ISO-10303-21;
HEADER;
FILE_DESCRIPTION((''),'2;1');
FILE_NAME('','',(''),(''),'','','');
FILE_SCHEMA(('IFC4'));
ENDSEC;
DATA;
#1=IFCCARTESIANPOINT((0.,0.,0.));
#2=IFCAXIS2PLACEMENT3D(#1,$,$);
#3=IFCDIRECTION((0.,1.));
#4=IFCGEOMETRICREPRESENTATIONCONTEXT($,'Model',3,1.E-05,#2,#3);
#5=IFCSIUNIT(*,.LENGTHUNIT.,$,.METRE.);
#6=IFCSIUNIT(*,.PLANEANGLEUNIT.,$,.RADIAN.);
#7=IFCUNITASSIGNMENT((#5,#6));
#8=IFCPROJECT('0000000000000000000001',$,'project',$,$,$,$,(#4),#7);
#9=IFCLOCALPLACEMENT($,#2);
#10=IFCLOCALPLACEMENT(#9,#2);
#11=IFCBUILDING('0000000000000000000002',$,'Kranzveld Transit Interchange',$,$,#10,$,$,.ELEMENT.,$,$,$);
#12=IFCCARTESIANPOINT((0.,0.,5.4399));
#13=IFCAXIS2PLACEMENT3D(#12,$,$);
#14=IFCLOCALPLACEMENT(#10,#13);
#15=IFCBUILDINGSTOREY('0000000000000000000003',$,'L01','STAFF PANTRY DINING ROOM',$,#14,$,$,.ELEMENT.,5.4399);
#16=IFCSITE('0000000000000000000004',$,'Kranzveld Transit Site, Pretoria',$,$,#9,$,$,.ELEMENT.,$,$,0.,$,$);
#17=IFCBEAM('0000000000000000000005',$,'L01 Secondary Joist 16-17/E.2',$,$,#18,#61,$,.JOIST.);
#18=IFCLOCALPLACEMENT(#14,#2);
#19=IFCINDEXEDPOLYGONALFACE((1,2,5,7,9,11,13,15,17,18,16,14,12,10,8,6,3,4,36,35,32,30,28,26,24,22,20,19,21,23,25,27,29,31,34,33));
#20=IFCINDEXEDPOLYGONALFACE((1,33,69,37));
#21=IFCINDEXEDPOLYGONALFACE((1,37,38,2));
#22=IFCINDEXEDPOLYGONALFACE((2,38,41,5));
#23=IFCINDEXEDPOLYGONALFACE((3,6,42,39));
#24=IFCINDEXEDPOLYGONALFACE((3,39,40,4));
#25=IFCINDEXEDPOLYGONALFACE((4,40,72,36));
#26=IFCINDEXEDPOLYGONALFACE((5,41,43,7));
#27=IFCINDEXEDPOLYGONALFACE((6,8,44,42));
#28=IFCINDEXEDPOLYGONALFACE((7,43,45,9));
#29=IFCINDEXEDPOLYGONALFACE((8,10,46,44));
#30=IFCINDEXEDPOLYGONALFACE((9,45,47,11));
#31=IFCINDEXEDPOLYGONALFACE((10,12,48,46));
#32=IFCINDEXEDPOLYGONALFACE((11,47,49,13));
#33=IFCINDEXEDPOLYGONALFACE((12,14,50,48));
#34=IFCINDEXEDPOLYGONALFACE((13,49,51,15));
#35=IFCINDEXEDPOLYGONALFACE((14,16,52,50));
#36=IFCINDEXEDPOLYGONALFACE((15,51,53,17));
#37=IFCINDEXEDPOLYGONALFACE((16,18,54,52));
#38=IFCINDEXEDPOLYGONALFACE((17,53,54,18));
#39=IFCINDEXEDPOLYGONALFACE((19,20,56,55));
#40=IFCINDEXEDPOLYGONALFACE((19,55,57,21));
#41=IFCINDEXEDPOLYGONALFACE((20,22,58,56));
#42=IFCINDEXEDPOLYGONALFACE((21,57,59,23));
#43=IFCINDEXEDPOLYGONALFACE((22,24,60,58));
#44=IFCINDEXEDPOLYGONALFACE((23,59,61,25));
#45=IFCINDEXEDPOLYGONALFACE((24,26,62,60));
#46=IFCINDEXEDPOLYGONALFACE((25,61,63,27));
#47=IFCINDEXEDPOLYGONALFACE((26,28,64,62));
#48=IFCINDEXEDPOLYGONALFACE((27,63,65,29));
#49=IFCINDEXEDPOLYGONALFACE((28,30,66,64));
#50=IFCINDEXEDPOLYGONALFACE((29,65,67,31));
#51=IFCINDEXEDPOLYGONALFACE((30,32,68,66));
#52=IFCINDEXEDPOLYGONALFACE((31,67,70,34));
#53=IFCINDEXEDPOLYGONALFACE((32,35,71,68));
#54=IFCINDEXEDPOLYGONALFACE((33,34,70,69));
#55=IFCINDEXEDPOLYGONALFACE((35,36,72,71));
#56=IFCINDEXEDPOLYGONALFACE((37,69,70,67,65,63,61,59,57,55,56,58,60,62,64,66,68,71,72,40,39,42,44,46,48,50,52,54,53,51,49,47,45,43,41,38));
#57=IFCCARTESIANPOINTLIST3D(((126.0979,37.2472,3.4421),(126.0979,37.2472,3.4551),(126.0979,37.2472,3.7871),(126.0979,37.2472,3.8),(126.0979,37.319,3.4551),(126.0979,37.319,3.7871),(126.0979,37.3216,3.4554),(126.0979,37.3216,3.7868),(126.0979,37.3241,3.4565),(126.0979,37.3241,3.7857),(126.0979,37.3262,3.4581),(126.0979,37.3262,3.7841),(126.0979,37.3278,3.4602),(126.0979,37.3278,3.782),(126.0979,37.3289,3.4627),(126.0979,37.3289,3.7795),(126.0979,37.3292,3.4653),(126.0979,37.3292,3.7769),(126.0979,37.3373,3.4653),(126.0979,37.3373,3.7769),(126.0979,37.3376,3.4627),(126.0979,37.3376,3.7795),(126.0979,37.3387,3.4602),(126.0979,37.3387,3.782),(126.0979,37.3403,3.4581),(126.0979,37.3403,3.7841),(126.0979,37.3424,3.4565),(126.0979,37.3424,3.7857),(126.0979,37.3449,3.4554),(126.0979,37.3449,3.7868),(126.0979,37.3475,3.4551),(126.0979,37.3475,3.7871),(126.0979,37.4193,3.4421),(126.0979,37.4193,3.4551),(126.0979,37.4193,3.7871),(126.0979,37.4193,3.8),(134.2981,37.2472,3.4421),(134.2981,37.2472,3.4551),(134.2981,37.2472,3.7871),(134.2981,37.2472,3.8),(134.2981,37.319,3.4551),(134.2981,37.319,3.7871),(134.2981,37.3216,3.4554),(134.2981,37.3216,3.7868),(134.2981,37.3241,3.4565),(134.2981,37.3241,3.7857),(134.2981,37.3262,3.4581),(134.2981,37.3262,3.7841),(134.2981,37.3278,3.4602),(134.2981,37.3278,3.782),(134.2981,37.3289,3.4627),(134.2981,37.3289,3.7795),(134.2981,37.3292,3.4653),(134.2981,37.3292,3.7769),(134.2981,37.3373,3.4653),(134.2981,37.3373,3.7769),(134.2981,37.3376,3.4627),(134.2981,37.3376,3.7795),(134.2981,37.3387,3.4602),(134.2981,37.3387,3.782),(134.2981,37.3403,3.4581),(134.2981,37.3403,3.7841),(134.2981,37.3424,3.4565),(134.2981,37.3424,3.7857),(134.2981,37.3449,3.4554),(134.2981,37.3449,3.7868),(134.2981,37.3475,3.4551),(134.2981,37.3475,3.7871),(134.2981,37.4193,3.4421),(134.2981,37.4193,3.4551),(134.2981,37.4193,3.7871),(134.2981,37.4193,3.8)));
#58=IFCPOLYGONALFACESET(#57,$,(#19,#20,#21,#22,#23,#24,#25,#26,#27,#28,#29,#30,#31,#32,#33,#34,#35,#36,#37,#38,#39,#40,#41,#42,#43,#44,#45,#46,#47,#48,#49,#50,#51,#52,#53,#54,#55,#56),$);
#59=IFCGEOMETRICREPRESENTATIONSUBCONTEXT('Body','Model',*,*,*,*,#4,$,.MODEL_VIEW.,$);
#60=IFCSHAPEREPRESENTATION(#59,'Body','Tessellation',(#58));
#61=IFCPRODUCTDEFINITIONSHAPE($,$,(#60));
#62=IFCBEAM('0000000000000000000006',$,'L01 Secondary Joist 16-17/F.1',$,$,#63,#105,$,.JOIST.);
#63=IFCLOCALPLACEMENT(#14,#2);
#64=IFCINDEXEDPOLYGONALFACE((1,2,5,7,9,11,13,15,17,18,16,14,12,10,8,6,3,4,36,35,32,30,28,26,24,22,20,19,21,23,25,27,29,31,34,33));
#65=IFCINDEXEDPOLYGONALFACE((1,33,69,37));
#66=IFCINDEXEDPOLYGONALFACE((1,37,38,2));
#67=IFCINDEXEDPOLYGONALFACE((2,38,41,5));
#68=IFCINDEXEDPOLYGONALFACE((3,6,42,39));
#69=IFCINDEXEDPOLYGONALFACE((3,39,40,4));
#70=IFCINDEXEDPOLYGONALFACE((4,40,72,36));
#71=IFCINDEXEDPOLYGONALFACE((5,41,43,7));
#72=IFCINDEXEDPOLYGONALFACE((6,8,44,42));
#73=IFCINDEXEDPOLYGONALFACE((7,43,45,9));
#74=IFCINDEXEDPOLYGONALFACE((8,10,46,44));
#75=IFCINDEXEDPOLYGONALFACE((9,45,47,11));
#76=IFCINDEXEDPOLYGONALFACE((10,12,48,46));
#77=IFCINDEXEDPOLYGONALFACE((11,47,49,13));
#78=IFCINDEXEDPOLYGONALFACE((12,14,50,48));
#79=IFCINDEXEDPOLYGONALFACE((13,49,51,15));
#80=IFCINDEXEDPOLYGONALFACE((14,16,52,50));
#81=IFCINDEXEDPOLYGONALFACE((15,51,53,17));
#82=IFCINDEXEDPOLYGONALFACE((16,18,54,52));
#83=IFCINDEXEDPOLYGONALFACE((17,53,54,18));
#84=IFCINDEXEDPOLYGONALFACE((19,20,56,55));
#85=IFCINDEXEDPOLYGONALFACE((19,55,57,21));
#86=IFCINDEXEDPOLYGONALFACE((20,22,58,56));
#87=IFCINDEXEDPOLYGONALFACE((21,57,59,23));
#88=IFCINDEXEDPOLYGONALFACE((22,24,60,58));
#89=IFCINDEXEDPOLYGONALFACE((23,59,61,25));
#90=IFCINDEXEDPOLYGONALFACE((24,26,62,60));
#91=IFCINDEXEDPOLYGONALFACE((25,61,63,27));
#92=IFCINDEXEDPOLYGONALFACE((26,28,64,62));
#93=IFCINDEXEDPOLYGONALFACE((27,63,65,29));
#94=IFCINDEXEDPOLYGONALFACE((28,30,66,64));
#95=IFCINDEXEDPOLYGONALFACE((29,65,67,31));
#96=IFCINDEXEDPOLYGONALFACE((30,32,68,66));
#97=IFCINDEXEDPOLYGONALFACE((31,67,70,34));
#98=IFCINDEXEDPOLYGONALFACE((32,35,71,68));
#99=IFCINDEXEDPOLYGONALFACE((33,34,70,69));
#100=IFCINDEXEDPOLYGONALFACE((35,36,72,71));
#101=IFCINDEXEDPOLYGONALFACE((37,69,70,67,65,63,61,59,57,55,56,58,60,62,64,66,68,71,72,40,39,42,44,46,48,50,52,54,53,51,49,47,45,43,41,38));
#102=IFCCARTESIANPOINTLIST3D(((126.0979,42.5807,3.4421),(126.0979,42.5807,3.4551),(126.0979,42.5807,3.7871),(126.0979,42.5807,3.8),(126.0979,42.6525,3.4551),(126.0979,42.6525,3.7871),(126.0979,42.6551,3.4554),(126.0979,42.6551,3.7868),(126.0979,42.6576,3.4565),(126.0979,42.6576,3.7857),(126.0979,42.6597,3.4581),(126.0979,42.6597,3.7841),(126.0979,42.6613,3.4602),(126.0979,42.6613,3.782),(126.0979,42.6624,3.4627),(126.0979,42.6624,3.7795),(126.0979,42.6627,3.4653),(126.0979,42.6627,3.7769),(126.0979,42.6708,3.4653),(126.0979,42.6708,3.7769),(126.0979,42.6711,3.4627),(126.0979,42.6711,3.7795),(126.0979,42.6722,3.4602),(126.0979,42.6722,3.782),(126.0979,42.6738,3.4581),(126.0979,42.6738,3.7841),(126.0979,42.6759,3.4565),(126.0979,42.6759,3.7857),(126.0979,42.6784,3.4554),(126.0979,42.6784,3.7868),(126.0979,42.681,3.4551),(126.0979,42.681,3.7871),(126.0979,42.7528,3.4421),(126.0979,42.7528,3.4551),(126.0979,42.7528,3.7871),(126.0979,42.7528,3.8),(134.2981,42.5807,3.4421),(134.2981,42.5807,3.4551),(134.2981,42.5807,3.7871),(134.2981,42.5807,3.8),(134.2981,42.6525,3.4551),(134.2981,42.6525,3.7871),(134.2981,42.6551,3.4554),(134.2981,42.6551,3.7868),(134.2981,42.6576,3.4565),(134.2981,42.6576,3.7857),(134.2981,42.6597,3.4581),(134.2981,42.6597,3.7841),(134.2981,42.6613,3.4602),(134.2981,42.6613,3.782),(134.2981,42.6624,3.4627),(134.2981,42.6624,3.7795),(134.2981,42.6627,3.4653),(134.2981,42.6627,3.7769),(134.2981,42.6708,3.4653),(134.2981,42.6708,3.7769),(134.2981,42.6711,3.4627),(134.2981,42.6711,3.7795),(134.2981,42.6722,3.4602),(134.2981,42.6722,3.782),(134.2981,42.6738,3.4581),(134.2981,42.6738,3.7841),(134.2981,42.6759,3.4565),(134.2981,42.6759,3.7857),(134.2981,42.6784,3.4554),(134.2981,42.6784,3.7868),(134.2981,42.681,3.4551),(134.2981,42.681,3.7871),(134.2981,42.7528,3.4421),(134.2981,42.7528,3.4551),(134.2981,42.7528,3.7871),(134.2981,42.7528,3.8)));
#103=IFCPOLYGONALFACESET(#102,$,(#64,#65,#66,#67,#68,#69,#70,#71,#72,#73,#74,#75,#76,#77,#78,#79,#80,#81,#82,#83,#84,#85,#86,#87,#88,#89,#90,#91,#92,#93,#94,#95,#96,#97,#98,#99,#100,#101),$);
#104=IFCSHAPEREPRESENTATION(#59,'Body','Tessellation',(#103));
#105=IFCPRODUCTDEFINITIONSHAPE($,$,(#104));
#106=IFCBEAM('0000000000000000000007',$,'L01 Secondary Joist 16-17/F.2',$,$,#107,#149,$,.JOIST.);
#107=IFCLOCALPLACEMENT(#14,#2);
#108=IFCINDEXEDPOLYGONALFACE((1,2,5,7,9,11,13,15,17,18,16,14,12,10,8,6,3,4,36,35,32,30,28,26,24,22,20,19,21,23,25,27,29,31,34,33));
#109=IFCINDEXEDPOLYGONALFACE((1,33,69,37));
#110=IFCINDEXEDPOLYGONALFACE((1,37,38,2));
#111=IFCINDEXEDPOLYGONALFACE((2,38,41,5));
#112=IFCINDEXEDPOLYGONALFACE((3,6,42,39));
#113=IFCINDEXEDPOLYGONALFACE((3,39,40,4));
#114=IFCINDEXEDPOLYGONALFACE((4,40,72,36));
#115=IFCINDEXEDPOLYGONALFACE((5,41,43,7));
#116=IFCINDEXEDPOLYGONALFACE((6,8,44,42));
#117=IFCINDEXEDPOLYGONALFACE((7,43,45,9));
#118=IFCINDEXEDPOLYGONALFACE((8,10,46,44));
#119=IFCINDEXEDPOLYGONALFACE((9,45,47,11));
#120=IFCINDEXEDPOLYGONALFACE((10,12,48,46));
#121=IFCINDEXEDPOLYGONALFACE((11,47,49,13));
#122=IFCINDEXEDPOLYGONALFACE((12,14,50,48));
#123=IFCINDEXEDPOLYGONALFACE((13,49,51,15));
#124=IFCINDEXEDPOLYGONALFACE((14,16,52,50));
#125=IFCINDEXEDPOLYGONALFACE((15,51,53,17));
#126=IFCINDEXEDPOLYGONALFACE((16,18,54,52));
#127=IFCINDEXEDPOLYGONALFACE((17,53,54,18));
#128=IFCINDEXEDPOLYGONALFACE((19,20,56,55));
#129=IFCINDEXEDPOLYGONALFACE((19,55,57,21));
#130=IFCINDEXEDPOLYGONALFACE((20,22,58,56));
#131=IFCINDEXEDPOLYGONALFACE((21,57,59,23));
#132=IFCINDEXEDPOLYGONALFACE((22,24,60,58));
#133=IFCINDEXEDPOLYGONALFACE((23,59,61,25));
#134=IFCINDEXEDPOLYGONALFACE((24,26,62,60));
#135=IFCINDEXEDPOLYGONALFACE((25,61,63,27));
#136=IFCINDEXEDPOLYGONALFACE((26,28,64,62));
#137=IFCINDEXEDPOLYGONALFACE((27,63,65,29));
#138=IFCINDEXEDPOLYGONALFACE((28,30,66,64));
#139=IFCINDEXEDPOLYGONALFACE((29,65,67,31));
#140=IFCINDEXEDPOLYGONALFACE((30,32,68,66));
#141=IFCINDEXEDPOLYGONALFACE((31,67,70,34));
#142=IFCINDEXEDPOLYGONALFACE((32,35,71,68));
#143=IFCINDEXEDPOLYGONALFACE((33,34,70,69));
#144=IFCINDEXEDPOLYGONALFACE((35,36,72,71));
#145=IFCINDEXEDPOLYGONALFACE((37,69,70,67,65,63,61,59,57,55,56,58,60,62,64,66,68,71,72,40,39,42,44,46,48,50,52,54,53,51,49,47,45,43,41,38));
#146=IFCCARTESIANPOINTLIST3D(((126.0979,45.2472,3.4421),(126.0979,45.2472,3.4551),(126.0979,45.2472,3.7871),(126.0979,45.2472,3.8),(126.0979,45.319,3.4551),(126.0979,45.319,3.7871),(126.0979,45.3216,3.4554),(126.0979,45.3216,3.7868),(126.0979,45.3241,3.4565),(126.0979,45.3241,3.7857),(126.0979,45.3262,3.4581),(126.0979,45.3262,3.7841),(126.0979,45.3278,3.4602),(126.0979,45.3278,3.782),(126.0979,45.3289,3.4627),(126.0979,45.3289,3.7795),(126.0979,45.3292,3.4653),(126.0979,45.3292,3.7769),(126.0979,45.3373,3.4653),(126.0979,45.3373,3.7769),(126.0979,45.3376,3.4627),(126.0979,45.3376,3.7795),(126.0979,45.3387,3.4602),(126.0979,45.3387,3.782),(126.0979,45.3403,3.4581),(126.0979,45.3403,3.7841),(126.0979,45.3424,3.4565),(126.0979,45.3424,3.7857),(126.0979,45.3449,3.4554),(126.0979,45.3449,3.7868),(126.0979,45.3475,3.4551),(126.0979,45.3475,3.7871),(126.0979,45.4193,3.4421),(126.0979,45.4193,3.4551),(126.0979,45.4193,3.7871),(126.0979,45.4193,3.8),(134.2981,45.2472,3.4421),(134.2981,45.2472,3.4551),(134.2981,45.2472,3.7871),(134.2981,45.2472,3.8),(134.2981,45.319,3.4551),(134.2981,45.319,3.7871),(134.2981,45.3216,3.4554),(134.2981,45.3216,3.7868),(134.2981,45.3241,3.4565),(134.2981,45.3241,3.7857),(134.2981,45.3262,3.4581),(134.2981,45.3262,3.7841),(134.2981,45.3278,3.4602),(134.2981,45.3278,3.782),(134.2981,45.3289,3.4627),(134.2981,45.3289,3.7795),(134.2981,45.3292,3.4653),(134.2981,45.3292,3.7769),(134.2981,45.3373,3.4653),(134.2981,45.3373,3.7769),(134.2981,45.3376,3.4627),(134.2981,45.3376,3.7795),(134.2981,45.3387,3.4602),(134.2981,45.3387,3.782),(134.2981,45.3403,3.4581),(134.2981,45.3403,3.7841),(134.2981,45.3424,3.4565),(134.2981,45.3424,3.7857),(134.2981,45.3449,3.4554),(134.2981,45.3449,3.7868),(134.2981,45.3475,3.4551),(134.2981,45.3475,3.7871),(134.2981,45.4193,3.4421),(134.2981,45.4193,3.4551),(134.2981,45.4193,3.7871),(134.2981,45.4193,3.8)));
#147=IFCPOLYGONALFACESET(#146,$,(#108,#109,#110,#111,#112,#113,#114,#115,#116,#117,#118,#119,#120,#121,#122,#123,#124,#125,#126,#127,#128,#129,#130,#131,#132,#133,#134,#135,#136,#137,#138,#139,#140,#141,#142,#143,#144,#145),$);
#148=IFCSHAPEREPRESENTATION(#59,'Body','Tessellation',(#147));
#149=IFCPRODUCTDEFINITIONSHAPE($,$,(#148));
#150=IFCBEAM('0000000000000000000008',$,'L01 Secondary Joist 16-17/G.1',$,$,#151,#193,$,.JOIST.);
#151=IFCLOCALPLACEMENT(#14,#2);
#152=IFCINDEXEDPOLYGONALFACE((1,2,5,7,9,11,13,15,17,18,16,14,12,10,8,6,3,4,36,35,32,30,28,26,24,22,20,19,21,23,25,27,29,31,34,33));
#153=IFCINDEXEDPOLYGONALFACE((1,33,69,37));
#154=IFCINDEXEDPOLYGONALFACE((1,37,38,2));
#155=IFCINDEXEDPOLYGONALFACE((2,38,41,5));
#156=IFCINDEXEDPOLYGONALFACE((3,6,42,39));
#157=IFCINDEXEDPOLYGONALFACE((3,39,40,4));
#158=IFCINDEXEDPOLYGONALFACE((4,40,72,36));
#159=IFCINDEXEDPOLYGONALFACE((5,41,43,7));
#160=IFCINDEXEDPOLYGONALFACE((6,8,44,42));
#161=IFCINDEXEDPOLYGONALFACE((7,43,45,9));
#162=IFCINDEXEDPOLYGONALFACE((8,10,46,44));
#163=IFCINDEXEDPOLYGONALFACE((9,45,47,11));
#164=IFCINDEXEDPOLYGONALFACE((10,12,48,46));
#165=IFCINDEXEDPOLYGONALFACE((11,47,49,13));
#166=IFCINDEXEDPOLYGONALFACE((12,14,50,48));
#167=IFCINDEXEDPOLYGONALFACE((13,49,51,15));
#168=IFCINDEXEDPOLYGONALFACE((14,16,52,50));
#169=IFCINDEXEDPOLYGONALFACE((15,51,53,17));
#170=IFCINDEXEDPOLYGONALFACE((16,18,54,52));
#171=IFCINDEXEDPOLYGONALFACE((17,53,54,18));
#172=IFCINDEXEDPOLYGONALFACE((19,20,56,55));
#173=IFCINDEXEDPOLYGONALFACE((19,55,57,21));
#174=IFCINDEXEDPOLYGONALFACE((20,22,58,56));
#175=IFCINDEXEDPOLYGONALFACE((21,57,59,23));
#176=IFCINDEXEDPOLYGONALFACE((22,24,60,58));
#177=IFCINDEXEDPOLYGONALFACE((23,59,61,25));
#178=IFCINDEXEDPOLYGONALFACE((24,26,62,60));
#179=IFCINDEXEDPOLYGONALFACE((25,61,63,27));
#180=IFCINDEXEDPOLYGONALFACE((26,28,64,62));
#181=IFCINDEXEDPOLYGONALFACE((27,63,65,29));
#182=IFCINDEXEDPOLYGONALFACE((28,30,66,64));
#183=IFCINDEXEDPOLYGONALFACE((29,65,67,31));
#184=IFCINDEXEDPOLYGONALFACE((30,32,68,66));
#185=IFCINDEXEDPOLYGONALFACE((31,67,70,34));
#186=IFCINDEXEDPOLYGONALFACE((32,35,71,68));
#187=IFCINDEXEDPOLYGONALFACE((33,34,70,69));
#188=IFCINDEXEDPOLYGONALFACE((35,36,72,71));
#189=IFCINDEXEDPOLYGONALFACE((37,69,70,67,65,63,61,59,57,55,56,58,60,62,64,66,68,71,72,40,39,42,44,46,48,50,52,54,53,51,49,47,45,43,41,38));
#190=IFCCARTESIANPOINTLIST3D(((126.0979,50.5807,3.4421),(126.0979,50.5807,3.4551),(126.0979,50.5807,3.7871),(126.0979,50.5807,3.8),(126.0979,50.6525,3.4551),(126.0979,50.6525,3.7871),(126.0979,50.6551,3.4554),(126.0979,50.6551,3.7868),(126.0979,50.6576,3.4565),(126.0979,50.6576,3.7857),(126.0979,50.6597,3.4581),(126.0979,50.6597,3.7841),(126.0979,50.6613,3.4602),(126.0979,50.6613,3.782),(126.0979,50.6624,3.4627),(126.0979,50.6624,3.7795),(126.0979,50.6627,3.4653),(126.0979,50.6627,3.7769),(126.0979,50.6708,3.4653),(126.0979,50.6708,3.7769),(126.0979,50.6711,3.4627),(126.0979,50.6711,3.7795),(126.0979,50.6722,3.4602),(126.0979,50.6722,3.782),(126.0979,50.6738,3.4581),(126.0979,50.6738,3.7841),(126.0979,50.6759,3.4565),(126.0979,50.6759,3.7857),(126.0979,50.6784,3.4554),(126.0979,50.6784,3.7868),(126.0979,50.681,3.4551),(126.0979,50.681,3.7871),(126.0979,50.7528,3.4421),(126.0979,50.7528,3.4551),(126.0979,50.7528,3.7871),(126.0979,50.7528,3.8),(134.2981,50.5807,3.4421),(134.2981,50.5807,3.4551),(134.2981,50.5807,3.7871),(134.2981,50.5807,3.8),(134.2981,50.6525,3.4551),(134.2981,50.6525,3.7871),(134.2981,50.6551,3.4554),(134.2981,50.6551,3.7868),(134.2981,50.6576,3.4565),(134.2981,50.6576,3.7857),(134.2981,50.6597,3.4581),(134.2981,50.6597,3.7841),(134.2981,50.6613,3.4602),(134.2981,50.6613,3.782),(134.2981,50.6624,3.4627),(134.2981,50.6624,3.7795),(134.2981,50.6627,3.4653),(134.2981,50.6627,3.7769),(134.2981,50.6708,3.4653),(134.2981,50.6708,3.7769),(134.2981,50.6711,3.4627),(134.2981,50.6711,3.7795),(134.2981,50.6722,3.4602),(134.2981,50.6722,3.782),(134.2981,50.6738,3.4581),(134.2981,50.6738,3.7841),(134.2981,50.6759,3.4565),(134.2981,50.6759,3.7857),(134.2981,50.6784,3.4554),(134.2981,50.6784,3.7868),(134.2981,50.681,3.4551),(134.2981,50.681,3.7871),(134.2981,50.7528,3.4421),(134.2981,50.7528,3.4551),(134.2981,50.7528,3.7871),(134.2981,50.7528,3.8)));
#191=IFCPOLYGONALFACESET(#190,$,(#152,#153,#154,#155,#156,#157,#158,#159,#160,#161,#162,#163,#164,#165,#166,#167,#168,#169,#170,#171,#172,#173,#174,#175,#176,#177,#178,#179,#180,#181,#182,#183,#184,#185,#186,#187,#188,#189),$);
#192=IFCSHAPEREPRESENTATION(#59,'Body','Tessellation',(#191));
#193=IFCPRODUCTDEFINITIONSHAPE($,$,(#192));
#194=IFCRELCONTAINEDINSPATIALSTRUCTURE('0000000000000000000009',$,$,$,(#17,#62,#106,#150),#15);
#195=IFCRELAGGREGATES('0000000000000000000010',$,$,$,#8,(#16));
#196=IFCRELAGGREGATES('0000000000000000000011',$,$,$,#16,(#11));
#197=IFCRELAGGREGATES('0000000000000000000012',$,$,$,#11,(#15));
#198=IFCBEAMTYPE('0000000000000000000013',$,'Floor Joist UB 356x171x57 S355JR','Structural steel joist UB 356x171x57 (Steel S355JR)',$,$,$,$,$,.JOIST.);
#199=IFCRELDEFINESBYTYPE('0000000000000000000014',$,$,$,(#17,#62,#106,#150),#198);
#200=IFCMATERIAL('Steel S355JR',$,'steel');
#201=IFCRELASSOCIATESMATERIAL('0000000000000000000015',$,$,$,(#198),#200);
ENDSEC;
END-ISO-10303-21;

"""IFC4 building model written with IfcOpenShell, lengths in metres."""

from ifc_helpers import new_model, si_unit, direction, frame, origin, origin_2d, place, context, subcontext, project, spatial, i_section, extrude, material, material_profile, profile_set, type_object, element, save


model = new_model("IFC4")

# Units and contexts
model_context = context("Model", 3, precision=1e-05, world=origin(), true_north=direction((0.0, 1.0)))
body_context = subcontext(model_context, "Body", "Model", "MODEL_VIEW")
ifc_project = project(units=[si_unit("LENGTHUNIT", "METRE"), si_unit("PLANEANGLEUNIT", "RADIAN")], contexts=[model_context])

# Site, building, storey
site_placement = place(None, origin())
site = spatial("IfcSite", under=ifc_project, at=site_placement, Name="Kranzveld Transit Site, Pretoria", CompositionType="ELEMENT", RefElevation=0.0)
building_placement = place(site_placement, origin())
building = spatial("IfcBuilding", under=site, at=building_placement, Name="Kranzveld Transit Interchange", CompositionType="ELEMENT")
storey_placement = place(building_placement, frame((0.0, 0.0, 5.4399)))
storey = spatial("IfcBuildingStorey", under=building, at=storey_placement, Name="L01", Description="STAFF PANTRY DINING ROOM", CompositionType="ELEMENT", Elevation=5.4399)

# Beams
ifc_material_1 = material(Name="Steel S355JR", Category="steel")
ifc_material_profile_1 = material_profile(ifc_material_1, i_section(OverallWidth=0.1721, OverallDepth=0.3579, WebThickness=0.0081, FlangeThickness=0.0129, FilletRadius=0.0103, at=origin_2d()), Name="UB 356x171x57")
ifc_profile_set_1 = profile_set([ifc_material_profile_1], Name="Steel S355JR")
beam_type_1 = type_object("IfcBeamType", Name="Floor Joist UB 356x171x57 S355JR", Description="Structural steel joist UB 356x171x57 (Steel S355JR)", PredefinedType="JOIST", material=ifc_profile_set_1)
for number, where, z_axis, x_axis, name in (
    (1, (126.0979, 37.3333, 3.6211), (1.0, 0.0, 0.0), (0.0, 1.0, 0.0), "L01 Secondary Joist 16-17/E.2"),
    (2, (126.0979, 42.6667, 3.6211), (1.0, 0.0, 0.0), (0.0, 1.0, 0.0), "L01 Secondary Joist 16-17/F.1"),
    (3, (126.0979, 45.3333, 3.6211), (1.0, 0.0, 0.0), (0.0, 1.0, 0.0), "L01 Secondary Joist 16-17/F.2"),
    (4, (126.0979, 50.6667, 3.6211), (1.0, 0.0, 0.0), (0.0, 1.0, 0.0), "L01 Secondary Joist 16-17/G.1"),
):
    element("IfcBeam", number, at=place(storey_placement, frame(where, z_axis=z_axis, x_axis=x_axis)), inside=storey, type_object=beam_type_1, Name=name, PredefinedType="JOIST", context=body_context, shape_type="SweptSolid", body=[
        extrude(i_section(OverallWidth=0.1721, OverallDepth=0.3579, WebThickness=0.0081, FlangeThickness=0.0129, FilletRadius=0.0103, at=origin_2d()), origin(), (0.0, 0.0, 1.0), 8.2002),
    ])

save(model, "model.ifc")
